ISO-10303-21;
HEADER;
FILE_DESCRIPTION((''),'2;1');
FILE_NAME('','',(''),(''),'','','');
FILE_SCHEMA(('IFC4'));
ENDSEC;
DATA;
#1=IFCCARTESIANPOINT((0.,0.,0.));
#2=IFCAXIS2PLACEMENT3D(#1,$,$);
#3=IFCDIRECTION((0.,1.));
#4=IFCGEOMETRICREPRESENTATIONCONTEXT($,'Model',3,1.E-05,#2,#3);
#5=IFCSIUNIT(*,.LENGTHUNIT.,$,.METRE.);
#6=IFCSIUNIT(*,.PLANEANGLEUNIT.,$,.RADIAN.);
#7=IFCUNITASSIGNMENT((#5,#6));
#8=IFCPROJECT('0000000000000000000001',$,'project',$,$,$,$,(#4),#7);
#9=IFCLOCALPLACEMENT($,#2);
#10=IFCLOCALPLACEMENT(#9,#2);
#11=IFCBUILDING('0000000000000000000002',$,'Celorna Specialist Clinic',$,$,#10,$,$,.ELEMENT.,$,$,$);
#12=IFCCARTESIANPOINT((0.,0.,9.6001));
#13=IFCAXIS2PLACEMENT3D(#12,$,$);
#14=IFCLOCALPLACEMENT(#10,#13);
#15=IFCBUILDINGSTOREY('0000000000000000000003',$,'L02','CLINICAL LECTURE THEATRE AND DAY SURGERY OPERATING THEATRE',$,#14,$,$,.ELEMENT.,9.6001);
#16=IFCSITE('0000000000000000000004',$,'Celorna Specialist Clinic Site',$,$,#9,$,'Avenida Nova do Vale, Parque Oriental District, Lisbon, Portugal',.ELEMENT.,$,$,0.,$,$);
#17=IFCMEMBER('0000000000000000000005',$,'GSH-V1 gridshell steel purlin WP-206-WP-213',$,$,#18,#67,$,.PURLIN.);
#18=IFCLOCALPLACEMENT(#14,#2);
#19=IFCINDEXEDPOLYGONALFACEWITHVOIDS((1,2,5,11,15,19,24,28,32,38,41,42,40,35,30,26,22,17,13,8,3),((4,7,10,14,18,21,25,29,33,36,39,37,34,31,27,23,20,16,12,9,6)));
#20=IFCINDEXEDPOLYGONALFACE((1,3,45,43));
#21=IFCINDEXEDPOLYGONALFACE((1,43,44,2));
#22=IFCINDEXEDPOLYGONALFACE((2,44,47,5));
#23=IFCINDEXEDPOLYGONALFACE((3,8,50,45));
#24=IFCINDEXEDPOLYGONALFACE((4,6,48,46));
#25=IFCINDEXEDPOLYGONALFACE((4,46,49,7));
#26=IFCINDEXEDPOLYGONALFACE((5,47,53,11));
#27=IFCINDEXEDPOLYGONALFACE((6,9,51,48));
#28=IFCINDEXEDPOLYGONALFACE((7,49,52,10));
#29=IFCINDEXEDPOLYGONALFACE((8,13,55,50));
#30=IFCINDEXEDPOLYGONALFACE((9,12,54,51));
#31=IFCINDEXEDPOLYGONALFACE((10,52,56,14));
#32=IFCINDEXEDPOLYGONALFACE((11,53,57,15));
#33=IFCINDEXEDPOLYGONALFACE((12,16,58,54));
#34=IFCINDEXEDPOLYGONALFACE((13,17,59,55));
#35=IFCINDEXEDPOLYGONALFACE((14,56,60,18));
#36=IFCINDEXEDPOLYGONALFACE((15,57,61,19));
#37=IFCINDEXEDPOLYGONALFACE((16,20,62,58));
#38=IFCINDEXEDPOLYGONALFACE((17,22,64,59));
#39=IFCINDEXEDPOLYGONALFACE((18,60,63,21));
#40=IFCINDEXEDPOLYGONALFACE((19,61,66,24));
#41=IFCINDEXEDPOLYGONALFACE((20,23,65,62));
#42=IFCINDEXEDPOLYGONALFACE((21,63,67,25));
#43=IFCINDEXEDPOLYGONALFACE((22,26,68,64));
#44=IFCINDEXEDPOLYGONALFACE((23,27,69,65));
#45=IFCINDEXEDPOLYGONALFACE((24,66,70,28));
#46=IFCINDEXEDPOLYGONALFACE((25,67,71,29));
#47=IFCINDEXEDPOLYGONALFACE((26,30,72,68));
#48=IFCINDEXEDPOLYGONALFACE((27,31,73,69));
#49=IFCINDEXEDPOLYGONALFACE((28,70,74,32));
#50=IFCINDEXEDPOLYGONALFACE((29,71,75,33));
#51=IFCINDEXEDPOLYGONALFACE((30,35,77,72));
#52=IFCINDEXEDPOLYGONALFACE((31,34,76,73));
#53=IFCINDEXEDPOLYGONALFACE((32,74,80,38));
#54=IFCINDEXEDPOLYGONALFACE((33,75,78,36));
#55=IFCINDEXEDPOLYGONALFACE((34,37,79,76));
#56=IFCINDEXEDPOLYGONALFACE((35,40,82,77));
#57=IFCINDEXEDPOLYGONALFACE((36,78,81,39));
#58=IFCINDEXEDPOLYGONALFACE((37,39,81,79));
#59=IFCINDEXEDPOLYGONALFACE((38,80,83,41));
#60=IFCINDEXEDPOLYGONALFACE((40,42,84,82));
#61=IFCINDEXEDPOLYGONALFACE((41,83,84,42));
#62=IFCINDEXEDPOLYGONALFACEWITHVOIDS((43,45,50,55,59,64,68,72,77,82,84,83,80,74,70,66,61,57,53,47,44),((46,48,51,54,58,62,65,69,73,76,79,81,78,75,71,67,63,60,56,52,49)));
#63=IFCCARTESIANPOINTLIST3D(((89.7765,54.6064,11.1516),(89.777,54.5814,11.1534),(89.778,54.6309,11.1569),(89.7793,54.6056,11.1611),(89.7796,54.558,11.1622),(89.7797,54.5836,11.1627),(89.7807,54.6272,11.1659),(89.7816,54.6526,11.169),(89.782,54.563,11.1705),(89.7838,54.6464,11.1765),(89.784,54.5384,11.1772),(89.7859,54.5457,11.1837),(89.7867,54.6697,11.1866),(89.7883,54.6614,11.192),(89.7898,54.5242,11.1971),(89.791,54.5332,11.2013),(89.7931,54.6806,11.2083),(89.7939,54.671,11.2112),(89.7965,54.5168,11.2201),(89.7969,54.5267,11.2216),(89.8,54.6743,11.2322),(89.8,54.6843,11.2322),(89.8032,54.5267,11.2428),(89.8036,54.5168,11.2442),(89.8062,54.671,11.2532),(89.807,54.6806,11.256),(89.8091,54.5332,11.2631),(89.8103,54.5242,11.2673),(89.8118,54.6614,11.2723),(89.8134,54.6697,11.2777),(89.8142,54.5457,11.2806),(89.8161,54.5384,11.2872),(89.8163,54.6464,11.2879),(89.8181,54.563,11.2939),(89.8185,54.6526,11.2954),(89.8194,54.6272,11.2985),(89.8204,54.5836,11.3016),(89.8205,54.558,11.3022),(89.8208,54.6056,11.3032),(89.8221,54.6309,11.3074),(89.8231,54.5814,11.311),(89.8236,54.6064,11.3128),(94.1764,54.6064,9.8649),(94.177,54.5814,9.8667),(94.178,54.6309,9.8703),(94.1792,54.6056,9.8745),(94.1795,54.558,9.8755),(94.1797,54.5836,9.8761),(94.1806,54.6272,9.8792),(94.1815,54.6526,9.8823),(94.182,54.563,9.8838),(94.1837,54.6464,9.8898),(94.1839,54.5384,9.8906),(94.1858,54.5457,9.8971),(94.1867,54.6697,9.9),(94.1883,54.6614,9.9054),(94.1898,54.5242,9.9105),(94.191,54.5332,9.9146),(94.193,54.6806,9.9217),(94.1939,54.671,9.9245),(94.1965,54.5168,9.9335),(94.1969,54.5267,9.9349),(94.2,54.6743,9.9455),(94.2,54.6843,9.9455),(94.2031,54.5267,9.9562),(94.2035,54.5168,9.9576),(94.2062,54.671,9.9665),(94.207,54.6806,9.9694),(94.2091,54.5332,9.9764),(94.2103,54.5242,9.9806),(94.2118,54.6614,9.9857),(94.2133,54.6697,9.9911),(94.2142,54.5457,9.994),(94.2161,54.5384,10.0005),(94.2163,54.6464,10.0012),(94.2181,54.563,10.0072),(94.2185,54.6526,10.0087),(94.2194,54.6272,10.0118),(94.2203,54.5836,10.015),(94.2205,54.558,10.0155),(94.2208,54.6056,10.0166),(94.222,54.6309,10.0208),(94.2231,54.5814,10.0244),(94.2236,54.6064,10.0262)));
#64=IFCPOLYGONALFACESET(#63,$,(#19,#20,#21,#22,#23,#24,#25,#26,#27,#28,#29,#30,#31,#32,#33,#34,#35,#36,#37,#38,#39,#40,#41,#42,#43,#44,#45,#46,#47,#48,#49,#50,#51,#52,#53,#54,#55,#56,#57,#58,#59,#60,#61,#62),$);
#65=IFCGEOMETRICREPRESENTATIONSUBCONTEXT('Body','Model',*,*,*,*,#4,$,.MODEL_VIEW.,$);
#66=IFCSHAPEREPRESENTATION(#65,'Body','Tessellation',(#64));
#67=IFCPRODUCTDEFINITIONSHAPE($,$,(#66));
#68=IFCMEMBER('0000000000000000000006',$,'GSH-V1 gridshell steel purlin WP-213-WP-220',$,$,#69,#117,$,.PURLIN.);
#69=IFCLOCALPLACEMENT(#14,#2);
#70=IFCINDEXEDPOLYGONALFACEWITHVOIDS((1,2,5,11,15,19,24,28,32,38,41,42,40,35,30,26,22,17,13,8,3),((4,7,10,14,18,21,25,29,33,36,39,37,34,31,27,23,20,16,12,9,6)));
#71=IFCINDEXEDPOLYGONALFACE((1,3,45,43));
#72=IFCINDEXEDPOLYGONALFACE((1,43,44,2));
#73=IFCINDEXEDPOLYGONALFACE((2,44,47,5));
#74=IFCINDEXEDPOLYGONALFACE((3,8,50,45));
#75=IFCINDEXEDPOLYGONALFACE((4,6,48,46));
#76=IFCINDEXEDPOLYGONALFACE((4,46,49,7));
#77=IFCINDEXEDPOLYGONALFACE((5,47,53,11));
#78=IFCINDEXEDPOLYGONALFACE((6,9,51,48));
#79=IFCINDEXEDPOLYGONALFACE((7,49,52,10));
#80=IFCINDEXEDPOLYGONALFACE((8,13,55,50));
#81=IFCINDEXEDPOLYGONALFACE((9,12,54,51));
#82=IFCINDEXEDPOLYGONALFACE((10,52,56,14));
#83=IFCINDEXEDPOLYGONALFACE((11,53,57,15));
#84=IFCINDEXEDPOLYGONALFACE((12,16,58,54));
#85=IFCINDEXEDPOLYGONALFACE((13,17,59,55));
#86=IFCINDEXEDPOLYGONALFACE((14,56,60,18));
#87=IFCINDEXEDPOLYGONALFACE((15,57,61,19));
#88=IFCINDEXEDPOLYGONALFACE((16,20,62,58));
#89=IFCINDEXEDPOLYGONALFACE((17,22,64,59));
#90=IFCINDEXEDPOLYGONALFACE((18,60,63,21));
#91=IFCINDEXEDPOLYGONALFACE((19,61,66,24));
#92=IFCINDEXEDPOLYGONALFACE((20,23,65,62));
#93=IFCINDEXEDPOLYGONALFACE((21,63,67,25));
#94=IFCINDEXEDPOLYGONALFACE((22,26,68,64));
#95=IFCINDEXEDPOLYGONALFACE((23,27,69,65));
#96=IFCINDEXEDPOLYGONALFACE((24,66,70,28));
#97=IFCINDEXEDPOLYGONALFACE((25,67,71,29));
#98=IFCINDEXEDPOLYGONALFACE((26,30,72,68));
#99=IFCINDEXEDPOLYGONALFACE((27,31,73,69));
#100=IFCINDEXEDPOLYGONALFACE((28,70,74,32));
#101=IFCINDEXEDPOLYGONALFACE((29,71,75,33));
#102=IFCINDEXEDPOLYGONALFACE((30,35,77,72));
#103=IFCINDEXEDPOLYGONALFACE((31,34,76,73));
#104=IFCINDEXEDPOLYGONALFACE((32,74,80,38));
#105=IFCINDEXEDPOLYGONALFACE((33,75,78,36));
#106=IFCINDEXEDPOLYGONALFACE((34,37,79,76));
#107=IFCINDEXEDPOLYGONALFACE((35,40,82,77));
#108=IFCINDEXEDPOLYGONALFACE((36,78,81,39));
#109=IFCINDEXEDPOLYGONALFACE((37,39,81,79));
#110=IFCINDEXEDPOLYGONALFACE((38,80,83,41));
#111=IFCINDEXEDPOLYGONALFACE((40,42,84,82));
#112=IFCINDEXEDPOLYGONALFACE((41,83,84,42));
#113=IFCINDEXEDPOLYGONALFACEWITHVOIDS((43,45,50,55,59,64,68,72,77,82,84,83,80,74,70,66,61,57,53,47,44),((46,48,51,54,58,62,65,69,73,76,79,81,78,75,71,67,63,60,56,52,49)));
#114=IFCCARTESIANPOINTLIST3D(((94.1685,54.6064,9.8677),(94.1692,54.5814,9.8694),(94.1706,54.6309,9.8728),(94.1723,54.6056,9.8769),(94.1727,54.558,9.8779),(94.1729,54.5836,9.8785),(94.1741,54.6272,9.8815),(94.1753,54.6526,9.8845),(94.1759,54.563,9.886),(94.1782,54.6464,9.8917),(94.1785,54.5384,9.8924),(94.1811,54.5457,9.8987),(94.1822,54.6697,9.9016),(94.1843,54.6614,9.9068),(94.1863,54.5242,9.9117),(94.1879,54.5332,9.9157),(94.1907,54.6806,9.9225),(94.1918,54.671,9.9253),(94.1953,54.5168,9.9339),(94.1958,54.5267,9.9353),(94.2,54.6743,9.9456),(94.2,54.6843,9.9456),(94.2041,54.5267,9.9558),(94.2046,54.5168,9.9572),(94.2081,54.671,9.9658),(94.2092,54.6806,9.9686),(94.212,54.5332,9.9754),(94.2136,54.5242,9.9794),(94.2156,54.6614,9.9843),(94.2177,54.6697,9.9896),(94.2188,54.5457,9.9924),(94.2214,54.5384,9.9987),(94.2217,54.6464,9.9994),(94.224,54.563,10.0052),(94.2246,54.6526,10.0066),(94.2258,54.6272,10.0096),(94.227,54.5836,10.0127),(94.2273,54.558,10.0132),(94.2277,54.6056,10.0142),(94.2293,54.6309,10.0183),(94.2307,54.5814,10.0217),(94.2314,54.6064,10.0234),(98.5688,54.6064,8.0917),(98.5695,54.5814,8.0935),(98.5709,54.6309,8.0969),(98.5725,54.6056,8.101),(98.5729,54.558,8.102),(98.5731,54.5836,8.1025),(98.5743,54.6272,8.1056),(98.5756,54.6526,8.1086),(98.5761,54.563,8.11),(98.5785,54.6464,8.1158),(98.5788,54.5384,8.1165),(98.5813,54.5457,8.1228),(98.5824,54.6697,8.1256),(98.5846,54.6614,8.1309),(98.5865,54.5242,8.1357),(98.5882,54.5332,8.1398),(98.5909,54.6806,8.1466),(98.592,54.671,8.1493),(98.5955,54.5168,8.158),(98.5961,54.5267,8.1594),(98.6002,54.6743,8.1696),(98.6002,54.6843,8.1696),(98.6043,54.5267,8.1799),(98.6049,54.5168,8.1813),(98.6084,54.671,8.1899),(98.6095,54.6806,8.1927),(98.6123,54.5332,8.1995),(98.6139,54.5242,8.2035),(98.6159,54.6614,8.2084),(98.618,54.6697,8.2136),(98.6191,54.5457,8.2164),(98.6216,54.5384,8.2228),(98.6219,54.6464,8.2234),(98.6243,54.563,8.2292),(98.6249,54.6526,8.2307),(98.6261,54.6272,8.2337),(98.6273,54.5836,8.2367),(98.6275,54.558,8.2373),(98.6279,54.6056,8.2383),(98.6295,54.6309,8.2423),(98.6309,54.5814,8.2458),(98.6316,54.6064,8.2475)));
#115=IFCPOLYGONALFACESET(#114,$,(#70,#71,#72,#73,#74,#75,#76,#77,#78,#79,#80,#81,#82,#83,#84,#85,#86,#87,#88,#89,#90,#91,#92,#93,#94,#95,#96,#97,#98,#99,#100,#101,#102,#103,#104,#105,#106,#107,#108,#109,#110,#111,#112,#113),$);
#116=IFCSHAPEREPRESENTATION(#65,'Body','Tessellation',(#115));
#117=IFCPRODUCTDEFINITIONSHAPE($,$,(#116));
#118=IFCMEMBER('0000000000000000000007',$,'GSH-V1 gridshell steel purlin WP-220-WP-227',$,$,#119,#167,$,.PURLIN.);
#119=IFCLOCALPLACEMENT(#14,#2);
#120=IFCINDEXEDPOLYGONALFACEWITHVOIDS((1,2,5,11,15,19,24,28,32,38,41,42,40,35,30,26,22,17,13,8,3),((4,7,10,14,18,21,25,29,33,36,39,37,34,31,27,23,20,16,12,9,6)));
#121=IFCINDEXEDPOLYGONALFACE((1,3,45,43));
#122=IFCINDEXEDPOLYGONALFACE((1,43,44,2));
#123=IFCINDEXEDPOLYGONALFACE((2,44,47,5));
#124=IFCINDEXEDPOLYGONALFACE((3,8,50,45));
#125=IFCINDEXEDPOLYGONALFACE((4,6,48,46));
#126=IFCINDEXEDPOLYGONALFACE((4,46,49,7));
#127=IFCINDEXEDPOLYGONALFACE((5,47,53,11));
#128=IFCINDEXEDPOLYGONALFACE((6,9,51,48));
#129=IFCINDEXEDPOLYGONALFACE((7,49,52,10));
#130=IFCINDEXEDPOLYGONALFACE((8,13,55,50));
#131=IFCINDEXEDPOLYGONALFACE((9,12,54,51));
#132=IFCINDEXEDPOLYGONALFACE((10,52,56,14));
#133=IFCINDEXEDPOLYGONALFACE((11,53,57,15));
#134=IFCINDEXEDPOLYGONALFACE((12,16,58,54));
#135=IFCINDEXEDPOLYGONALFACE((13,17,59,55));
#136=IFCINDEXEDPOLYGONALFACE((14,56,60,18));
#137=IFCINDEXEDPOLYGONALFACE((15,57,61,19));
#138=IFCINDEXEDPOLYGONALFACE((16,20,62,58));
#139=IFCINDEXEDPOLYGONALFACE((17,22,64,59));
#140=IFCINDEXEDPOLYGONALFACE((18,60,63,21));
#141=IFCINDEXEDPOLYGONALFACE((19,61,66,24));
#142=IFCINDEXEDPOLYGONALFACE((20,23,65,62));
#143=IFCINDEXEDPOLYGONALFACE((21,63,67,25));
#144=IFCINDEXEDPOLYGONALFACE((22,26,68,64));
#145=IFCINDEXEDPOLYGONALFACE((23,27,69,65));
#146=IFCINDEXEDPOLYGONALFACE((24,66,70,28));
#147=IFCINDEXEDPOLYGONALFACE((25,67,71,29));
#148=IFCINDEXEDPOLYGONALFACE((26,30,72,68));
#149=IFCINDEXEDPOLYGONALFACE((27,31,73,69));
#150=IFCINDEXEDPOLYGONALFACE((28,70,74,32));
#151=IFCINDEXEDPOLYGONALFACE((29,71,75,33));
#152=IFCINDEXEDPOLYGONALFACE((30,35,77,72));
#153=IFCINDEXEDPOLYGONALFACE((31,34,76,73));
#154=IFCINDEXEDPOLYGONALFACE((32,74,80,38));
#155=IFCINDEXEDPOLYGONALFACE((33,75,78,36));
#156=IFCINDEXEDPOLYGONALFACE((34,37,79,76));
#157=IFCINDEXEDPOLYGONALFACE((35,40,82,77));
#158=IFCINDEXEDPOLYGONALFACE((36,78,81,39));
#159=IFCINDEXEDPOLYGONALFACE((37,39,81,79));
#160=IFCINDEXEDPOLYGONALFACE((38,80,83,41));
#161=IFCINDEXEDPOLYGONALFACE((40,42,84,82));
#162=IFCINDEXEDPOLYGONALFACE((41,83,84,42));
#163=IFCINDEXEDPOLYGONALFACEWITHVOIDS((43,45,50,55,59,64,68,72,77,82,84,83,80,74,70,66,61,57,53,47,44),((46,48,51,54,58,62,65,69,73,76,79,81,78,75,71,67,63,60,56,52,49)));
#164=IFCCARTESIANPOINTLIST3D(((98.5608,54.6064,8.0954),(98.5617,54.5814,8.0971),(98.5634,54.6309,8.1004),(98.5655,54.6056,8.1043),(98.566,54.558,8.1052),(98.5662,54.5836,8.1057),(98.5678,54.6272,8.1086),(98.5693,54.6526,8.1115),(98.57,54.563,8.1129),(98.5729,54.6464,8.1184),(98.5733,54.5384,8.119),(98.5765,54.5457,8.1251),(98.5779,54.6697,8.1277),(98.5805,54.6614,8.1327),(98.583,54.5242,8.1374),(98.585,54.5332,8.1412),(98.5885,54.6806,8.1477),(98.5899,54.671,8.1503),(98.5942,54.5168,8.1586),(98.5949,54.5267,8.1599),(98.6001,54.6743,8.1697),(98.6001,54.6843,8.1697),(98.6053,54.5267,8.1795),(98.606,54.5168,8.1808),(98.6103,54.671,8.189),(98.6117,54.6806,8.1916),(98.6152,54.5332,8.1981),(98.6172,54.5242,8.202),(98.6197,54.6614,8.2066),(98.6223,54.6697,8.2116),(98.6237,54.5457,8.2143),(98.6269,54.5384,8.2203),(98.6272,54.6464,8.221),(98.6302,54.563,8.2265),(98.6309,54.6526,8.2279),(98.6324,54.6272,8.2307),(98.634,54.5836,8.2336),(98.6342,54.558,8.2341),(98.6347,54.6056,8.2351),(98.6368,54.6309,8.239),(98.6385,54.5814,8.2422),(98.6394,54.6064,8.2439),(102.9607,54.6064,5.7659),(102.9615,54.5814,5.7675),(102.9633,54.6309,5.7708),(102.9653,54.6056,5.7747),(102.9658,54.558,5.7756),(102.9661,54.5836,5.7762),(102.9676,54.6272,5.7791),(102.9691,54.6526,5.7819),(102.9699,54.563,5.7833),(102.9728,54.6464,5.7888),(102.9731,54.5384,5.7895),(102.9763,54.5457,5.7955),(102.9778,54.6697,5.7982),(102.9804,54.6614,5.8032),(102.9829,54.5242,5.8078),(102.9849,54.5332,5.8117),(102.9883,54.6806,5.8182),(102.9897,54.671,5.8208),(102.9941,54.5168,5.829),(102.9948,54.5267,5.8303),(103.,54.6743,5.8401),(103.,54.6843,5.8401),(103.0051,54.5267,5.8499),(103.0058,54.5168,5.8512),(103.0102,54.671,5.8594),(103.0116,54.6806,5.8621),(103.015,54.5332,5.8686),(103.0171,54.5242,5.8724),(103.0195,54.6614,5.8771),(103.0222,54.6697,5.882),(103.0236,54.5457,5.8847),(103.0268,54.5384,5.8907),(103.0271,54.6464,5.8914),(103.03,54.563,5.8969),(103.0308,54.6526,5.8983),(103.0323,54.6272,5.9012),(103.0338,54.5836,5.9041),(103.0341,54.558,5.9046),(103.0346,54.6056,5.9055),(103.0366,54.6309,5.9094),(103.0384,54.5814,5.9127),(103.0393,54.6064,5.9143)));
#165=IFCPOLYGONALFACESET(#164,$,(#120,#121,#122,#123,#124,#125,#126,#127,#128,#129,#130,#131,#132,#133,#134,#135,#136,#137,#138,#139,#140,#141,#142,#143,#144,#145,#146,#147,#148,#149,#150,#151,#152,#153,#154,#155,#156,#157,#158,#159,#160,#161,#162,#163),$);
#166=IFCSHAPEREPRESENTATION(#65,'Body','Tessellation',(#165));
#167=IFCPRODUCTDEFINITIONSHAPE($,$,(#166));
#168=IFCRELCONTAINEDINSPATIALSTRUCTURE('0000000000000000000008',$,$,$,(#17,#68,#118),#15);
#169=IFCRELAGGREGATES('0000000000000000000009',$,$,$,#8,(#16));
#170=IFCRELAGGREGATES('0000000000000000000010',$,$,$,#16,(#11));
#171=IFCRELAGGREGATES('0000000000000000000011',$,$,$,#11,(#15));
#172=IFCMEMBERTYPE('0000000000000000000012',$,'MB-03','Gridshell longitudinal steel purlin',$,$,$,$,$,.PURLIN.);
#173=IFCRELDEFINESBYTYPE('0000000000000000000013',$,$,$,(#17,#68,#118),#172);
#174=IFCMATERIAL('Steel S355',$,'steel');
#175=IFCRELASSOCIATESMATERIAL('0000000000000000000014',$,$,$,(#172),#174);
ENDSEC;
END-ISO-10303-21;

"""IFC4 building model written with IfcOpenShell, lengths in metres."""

from ifc_helpers import new_model, si_unit, direction, frame, origin, origin_2d, place, context, subcontext, project, spatial, hollow_circle, extrude, material, material_profile, profile_set, type_object, element, save


model = new_model("IFC4")

# Units and contexts
model_context = context("Model", 3, precision=1e-05, world=origin(), true_north=direction((0.0, 1.0)))
body_context = subcontext(model_context, "Body", "Model", "MODEL_VIEW")
ifc_project = project(units=[si_unit("LENGTHUNIT", "METRE"), si_unit("PLANEANGLEUNIT", "RADIAN")], contexts=[model_context])

# Site, building, storey
site_placement = place(None, origin())
site = spatial("IfcSite", under=ifc_project, at=site_placement, Name="Celorna Specialist Clinic Site", LongName="Avenida Nova do Vale, Parque Oriental District, Lisbon, Portugal", CompositionType="ELEMENT", RefElevation=0.0)
building_placement = place(site_placement, origin())
building = spatial("IfcBuilding", under=site, at=building_placement, Name="Celorna Specialist Clinic", CompositionType="ELEMENT")
storey_placement = place(building_placement, frame((0.0, 0.0, 9.6001)))
storey = spatial("IfcBuildingStorey", under=building, at=storey_placement, Name="L02", Description="CLINICAL LECTURE THEATRE AND DAY SURGERY OPERATING THEATRE", CompositionType="ELEMENT", Elevation=9.6001)

# Members
ifc_material_1 = material(Name="Steel S355", Category="steel")
ifc_material_profile_1 = material_profile(ifc_material_1, hollow_circle(Radius=0.0842, WallThickness=0.01, at=origin_2d()), Name="CHS 168.3x10")
ifc_profile_set_1 = profile_set([ifc_material_profile_1], Name="Steel S355")
member_type_1 = type_object("IfcMemberType", Name="MB-03", Description="Gridshell longitudinal steel purlin", PredefinedType="PURLIN", material=ifc_profile_set_1)
member_1_placement = place(storey_placement, frame((89.8, 54.6001, 11.2322), z_axis=(0.959805, 0.0, -0.280667), x_axis=(0.0, 1.0, 0.0)))
element("IfcMember", 1, at=member_1_placement, inside=storey, type_object=member_type_1, Name="GSH-V1 gridshell steel purlin WP-206-WP-213", PredefinedType="PURLIN", context=body_context, shape_type="SweptSolid", body=[
    extrude(hollow_circle(Radius=0.0842, WallThickness=0.01, at=origin_2d()), origin(), (0.0, 0.0, 1.0), 4.5842),
])
member_2_placement = place(storey_placement, frame((94.2, 54.6001, 9.9456), z_axis=(0.927323, 0.0, -0.374263), x_axis=(0.0, 1.0, 0.0)))
element("IfcMember", 2, at=member_2_placement, inside=storey, type_object=member_type_1, Name="GSH-V1 gridshell steel purlin WP-213-WP-220", PredefinedType="PURLIN", context=body_context, shape_type="SweptSolid", body=[
    extrude(hollow_circle(Radius=0.0842, WallThickness=0.01, at=origin_2d()), origin(), (0.0, 0.0, 1.0), 4.7451),
])
member_3_placement = place(storey_placement, frame((98.6001, 54.6001, 8.1697), z_axis=(0.883769, 0.0, -0.467924), x_axis=(0.0, 1.0, 0.0)))
element("IfcMember", 3, at=member_3_placement, inside=storey, type_object=member_type_1, Name="GSH-V1 gridshell steel purlin WP-220-WP-227", PredefinedType="PURLIN", context=body_context, shape_type="SweptSolid", body=[
    extrude(hollow_circle(Radius=0.0842, WallThickness=0.01, at=origin_2d()), origin(), (0.0, 0.0, 1.0), 4.9785),
])

save(model, "model.ifc")
